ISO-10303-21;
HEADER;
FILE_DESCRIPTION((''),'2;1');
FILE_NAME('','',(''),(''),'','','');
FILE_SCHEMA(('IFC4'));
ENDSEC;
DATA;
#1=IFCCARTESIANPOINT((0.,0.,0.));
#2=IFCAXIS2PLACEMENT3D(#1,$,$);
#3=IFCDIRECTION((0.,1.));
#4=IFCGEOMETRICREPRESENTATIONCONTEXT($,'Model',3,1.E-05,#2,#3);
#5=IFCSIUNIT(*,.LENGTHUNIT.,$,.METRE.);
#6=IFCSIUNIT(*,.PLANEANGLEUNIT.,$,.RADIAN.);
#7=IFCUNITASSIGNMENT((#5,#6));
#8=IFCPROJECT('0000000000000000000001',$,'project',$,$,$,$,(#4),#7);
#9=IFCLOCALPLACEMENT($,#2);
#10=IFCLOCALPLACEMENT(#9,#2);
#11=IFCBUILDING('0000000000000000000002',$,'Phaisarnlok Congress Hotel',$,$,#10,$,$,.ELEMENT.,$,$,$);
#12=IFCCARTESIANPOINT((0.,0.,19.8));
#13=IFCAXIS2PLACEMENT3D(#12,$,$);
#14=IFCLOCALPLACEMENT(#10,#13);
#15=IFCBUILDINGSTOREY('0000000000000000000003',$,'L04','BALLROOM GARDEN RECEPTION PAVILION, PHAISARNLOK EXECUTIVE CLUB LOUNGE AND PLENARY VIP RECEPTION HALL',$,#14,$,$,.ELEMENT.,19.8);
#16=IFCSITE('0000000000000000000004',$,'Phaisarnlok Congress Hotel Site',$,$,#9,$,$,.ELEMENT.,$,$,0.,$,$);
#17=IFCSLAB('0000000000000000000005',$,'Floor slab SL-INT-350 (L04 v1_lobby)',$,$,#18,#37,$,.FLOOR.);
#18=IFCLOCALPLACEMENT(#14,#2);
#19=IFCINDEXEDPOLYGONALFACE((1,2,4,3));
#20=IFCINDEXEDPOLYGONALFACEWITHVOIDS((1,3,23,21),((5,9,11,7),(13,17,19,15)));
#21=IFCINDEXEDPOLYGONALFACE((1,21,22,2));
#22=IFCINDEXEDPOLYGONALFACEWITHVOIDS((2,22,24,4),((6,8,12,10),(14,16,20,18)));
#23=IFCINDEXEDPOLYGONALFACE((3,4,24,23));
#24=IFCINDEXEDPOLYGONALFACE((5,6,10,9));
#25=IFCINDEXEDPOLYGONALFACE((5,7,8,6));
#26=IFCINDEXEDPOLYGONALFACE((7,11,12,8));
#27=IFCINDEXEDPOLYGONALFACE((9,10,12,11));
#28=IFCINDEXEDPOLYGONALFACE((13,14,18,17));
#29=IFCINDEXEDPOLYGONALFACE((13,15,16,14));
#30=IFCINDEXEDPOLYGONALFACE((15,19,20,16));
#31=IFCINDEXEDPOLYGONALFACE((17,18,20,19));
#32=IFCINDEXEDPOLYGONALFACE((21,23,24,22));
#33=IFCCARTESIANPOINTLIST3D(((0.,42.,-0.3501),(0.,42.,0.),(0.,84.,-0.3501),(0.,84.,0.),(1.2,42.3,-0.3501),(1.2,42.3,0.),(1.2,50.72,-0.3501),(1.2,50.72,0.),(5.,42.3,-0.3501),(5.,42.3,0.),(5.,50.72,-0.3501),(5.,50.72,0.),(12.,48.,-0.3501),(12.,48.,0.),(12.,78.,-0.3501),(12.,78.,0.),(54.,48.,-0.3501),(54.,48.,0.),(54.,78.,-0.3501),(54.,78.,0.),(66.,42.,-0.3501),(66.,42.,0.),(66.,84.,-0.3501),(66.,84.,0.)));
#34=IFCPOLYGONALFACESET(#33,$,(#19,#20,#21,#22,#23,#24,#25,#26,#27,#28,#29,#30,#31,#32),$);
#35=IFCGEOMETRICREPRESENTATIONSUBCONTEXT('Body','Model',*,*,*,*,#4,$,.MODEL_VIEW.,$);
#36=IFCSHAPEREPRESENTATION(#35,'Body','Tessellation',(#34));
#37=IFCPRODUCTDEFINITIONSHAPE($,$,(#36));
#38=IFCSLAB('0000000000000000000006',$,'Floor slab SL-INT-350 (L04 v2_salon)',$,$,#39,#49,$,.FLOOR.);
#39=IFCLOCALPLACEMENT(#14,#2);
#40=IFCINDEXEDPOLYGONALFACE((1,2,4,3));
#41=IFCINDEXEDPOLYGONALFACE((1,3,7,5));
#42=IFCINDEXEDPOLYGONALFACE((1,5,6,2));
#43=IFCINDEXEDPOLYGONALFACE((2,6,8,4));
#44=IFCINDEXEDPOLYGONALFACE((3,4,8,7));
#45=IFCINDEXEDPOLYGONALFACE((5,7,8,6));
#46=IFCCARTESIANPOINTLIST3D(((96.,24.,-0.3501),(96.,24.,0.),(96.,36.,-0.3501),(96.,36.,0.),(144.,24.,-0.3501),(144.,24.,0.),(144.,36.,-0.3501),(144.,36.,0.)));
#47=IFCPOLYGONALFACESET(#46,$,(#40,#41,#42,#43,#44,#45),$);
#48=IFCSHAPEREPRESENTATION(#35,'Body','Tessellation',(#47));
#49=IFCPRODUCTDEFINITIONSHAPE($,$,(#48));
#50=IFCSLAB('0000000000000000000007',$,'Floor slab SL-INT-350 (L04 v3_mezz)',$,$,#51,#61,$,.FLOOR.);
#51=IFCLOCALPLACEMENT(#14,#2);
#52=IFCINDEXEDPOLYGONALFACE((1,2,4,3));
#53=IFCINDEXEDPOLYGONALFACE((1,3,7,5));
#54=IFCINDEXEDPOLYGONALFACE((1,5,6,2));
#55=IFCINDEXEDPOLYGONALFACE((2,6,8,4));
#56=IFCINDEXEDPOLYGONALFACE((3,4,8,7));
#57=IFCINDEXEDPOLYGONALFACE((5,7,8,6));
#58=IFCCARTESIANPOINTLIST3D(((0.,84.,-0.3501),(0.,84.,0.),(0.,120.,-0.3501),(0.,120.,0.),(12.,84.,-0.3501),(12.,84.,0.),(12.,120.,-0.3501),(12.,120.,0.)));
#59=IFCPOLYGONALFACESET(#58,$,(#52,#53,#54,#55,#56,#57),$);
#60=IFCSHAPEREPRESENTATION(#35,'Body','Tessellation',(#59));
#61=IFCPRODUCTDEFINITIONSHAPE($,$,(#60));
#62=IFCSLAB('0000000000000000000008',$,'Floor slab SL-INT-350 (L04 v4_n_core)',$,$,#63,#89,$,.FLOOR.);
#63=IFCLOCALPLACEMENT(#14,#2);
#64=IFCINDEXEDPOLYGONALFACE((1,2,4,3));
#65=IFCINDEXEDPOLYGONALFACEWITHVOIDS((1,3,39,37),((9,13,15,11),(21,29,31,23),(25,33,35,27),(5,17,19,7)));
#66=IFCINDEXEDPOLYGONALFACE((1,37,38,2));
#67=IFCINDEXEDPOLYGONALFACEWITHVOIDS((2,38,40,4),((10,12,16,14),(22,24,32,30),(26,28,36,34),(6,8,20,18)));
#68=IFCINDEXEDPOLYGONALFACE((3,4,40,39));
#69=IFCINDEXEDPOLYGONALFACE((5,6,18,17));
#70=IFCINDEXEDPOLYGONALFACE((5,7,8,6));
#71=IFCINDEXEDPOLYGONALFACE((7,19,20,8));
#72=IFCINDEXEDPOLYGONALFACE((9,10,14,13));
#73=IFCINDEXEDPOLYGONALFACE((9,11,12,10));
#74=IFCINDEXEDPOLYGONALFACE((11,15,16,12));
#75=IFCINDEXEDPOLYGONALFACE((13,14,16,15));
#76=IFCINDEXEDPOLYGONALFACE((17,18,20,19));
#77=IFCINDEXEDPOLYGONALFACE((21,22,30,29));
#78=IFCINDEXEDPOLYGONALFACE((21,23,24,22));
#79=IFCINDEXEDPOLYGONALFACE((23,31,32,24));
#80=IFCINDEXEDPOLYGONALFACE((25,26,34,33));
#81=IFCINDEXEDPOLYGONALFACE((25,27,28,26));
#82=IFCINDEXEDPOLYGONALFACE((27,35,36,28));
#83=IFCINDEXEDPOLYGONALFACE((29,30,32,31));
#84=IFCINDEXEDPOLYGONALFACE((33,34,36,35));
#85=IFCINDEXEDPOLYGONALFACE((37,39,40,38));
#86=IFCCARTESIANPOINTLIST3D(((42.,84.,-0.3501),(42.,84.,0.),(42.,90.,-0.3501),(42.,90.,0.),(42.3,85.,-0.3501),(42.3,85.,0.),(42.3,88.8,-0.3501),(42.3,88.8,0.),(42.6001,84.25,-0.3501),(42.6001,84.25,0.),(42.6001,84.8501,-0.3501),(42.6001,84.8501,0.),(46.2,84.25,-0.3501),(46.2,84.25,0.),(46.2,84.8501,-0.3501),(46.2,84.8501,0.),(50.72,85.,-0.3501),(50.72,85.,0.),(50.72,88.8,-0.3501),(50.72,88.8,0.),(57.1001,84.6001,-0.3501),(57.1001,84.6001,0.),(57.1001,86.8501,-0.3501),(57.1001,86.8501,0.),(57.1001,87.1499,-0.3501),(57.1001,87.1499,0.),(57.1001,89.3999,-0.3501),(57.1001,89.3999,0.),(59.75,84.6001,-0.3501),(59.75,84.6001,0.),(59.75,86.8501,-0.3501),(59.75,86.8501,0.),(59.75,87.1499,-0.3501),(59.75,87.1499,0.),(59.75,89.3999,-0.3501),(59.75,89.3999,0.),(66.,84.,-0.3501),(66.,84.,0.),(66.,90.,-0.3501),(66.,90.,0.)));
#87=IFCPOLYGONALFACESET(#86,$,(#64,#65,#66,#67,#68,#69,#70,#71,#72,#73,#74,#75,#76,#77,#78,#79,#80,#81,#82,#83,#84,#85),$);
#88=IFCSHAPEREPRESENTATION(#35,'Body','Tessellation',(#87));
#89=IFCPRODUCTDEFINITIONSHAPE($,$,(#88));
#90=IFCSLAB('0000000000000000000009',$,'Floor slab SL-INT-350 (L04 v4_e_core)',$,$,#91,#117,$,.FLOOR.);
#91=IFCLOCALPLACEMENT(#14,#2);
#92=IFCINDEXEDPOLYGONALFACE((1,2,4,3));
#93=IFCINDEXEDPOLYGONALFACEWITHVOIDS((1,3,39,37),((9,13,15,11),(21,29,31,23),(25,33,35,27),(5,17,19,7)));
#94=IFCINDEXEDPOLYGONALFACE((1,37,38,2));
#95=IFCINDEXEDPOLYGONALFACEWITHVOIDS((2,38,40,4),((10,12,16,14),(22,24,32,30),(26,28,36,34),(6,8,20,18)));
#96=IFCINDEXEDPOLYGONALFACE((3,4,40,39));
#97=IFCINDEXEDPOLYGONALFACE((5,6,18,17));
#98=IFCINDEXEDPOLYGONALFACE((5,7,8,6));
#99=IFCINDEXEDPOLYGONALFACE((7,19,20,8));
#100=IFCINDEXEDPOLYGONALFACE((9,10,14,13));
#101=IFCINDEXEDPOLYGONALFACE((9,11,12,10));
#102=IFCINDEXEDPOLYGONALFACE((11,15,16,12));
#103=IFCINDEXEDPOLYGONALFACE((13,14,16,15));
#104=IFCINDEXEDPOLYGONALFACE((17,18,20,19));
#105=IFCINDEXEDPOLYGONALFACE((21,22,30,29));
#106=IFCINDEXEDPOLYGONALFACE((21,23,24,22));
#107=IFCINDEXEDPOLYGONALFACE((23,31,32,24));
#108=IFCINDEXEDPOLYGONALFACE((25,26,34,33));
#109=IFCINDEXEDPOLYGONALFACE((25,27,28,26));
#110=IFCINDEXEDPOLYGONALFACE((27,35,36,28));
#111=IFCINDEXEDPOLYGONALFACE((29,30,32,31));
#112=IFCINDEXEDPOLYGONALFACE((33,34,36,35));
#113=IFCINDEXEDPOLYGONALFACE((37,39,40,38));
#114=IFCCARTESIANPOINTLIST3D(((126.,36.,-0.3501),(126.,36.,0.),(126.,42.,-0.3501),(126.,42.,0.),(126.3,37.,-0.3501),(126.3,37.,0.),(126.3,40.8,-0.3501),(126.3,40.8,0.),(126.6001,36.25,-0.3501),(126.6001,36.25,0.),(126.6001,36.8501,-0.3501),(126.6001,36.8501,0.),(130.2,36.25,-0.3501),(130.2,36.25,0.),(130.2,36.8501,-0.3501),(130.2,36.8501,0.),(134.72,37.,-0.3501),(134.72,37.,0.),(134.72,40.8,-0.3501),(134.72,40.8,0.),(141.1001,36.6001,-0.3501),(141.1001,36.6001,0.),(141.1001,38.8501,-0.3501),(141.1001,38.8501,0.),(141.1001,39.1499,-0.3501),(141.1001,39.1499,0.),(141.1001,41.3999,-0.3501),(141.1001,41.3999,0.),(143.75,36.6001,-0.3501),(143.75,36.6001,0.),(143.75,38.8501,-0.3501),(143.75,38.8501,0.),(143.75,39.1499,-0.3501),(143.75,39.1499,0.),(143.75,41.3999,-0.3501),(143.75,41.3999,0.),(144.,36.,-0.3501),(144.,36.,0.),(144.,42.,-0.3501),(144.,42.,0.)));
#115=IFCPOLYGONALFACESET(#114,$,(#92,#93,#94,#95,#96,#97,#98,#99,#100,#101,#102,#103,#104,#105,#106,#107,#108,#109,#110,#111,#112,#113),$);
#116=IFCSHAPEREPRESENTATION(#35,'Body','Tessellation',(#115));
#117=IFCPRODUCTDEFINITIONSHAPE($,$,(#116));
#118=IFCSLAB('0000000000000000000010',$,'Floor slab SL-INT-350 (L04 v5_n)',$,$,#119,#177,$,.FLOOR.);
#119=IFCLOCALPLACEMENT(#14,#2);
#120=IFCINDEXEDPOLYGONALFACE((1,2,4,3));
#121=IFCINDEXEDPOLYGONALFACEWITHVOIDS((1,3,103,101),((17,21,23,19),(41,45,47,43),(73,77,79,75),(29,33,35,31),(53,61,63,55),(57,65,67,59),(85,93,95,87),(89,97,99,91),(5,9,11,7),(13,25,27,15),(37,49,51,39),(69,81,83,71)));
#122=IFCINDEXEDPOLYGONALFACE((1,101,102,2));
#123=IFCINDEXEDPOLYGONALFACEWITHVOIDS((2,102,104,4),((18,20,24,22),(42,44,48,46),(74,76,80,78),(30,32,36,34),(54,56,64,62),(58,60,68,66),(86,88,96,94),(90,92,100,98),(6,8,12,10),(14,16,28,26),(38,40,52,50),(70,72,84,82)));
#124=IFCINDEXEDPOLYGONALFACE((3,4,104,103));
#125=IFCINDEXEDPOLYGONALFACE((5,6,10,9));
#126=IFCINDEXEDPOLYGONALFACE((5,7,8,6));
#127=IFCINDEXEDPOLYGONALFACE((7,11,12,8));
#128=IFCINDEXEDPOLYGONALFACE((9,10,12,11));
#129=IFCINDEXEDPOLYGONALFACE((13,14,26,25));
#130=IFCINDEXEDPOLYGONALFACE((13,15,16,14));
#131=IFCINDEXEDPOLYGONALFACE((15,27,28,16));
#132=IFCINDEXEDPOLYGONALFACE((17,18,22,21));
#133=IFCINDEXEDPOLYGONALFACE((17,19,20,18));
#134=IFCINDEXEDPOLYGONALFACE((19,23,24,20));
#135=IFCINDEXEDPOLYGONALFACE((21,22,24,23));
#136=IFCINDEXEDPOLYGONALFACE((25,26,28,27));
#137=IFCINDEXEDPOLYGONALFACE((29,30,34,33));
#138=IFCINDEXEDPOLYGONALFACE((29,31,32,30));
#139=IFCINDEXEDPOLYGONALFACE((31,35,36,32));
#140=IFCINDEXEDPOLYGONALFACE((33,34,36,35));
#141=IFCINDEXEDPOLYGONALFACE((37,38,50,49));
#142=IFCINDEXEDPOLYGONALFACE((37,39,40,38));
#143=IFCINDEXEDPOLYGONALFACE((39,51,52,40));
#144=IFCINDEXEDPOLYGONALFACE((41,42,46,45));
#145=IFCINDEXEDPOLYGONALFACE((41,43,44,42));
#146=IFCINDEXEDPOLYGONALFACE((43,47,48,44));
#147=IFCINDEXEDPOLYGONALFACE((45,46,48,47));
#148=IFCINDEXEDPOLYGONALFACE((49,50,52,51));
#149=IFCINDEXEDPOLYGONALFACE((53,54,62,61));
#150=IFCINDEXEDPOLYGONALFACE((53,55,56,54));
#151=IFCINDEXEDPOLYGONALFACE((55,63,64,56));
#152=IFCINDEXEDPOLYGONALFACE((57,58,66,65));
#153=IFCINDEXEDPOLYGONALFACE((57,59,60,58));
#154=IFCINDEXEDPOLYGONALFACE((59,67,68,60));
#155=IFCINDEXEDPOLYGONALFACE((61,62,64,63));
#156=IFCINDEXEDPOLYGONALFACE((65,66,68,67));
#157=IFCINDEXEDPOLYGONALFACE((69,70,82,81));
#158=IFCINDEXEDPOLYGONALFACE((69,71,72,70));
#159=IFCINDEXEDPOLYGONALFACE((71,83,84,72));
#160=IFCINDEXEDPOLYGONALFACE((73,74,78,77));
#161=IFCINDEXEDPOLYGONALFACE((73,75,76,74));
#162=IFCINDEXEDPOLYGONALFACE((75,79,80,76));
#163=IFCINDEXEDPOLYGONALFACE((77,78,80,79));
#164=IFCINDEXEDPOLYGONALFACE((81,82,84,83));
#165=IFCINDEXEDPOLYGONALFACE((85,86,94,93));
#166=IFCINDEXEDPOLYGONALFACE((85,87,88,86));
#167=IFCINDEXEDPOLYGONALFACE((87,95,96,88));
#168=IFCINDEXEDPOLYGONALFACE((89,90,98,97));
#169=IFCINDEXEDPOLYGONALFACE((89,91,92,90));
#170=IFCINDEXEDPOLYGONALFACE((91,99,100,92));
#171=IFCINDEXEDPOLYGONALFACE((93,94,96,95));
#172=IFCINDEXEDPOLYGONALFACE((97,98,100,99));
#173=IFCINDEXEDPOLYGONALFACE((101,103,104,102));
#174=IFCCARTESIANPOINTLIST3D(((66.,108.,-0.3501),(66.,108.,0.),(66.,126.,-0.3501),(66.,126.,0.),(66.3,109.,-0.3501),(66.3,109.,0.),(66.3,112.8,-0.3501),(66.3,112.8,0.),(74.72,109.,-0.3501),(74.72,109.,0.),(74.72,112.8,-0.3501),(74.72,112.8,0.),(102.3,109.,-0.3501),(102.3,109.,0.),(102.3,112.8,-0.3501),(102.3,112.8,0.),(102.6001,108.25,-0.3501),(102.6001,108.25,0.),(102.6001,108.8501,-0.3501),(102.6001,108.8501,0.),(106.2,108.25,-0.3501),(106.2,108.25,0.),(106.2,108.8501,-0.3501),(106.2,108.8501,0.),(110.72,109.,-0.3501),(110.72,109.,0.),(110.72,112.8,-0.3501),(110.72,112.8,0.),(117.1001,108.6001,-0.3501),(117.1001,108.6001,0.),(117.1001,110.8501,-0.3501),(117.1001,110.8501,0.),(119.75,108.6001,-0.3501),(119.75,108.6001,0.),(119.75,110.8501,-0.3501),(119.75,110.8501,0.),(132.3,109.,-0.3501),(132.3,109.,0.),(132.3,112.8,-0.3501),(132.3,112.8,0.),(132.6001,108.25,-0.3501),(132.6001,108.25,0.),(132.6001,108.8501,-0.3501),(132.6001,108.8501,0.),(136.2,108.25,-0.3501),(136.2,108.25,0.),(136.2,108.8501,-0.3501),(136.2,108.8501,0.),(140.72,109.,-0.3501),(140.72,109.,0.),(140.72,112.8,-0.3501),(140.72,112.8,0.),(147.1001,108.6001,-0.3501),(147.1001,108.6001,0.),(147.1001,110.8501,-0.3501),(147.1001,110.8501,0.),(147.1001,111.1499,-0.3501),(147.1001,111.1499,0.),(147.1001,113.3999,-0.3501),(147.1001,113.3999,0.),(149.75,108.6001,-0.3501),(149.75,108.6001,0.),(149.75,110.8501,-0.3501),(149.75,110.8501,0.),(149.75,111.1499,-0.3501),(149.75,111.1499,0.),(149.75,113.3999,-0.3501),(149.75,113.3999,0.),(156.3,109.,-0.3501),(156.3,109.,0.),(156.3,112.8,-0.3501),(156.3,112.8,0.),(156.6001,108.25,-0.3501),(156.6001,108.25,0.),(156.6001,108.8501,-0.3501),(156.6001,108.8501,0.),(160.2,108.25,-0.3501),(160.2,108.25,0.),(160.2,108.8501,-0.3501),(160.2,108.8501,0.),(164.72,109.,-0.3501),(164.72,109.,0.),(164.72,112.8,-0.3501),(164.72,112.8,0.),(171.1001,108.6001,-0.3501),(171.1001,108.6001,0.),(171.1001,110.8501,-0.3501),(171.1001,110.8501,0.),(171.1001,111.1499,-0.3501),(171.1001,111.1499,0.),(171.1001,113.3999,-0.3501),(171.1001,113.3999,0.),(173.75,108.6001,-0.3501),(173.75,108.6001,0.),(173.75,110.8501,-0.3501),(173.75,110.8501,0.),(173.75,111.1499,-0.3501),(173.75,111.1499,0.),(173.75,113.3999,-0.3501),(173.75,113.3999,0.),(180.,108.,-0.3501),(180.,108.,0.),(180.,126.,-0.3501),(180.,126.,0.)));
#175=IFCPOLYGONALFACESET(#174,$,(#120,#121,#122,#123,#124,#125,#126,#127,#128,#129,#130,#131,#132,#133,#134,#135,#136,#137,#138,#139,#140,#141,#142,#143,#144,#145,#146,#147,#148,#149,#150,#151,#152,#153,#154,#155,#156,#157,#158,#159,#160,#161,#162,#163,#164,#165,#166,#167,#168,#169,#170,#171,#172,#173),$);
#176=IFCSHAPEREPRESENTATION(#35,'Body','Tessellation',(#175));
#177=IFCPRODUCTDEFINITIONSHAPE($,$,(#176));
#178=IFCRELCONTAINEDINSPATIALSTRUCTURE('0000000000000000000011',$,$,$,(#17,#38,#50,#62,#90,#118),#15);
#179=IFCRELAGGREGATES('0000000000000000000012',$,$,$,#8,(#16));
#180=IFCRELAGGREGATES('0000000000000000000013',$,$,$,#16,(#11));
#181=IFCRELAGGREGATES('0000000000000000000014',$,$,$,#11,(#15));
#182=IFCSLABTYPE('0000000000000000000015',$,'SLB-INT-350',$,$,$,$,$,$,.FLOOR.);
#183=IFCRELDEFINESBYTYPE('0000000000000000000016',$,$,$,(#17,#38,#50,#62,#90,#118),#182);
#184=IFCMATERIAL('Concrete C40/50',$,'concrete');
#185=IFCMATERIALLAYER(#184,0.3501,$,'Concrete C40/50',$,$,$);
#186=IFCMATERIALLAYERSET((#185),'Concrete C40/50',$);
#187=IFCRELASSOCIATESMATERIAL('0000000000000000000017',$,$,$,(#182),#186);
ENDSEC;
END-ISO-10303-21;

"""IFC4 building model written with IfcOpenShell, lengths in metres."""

from ifc_helpers import new_model, si_unit, direction, frame, origin, place, context, subcontext, project, spatial, polyline, outline, extrude, material, layer, layer_set, type_object, element, save


model = new_model("IFC4")

# Units and contexts
model_context = context("Model", 3, precision=1e-05, world=origin(), true_north=direction((0.0, 1.0)))
body_context = subcontext(model_context, "Body", "Model", "MODEL_VIEW")
ifc_project = project(units=[si_unit("LENGTHUNIT", "METRE"), si_unit("PLANEANGLEUNIT", "RADIAN")], contexts=[model_context])

# Site, building, storey
site_placement = place(None, origin())
site = spatial("IfcSite", under=ifc_project, at=site_placement, Name="Phaisarnlok Congress Hotel Site", CompositionType="ELEMENT", RefElevation=0.0)
building_placement = place(site_placement, origin())
building = spatial("IfcBuilding", under=site, at=building_placement, Name="Phaisarnlok Congress Hotel", CompositionType="ELEMENT")
storey_placement = place(building_placement, frame((0.0, 0.0, 19.8)))
storey = spatial("IfcBuildingStorey", under=building, at=storey_placement, Name="L04", Description="BALLROOM GARDEN RECEPTION PAVILION, PHAISARNLOK EXECUTIVE CLUB LOUNGE AND PLENARY VIP RECEPTION HALL", CompositionType="ELEMENT", Elevation=19.8)

# Slabs
ifc_material_1 = material(Name="Concrete C40/50", Category="concrete")
ifc_layer_1 = layer(ifc_material_1, 0.3501, Name="Concrete C40/50")
ifc_layer_set_1 = layer_set([ifc_layer_1], Name="Concrete C40/50")
slab_type_1 = type_object("IfcSlabType", Name="SLB-INT-350", PredefinedType="FLOOR", material=ifc_layer_set_1)
slab_1_placement = place(storey_placement, frame((0.0, 0.0, -0.3501)))
element("IfcSlab", 1, at=slab_1_placement, inside=storey, type_object=slab_type_1, Name="Floor slab SL-INT-350 (L04 v1_lobby)", PredefinedType="FLOOR", context=body_context, shape_type="SweptSolid", body=[
    extrude(outline(polyline([(66.0, 42.0), (66.0, 84.0), (0.0, 84.0), (0.0, 42.0), (66.0, 42.0)]), holes=[polyline([(12.0, 48.0), (54.0, 48.0), (54.0, 78.0), (12.0, 78.0), (12.0, 48.0)]), polyline([(1.2, 50.72), (1.2, 42.3), (5.0, 42.3), (5.0, 50.72), (1.2, 50.72)])]), origin(), (0.0, 0.0, 1.0), 0.3501),
])
slab_2_placement = place(storey_placement, frame((0.0, 0.0, -0.3501)))
element("IfcSlab", 2, at=slab_2_placement, inside=storey, type_object=slab_type_1, Name="Floor slab SL-INT-350 (L04 v2_salon)", PredefinedType="FLOOR", context=body_context, shape_type="SweptSolid", body=[
    extrude(outline(polyline([(144.0, 24.0), (144.0, 36.0), (96.0, 36.0), (96.0, 24.0), (144.0, 24.0)])), origin(), (0.0, 0.0, 1.0), 0.3501),
])
slab_3_placement = place(storey_placement, frame((0.0, 0.0, -0.3501)))
element("IfcSlab", 3, at=slab_3_placement, inside=storey, type_object=slab_type_1, Name="Floor slab SL-INT-350 (L04 v3_mezz)", PredefinedType="FLOOR", context=body_context, shape_type="SweptSolid", body=[
    extrude(outline(polyline([(12.0, 84.0), (12.0, 120.0), (0.0, 120.0), (0.0, 84.0), (12.0, 84.0)])), origin(), (0.0, 0.0, 1.0), 0.3501),
])
slab_4_placement = place(storey_placement, frame((0.0, 0.0, -0.3501)))
element("IfcSlab", 4, at=slab_4_placement, inside=storey, type_object=slab_type_1, Name="Floor slab SL-INT-350 (L04 v4_n_core)", PredefinedType="FLOOR", context=body_context, shape_type="SweptSolid", body=[
    extrude(outline(polyline([(66.0, 84.0), (66.0, 90.0), (42.0, 90.0), (42.0, 84.0), (66.0, 84.0)]), holes=[polyline([(50.72, 88.8), (42.3, 88.8), (42.3, 85.0), (50.72, 85.0), (50.72, 88.8)]), polyline([(59.75, 84.6001), (59.75, 86.8501), (57.1001, 86.8501), (57.1001, 84.6001), (59.75, 84.6001)]), polyline([(59.75, 87.1499), (59.75, 89.3999), (57.1001, 89.3999), (57.1001, 87.1499), (59.75, 87.1499)]), polyline([(46.2, 84.25), (46.2, 84.8501), (42.6001, 84.8501), (42.6001, 84.25), (46.2, 84.25)])]), origin(), (0.0, 0.0, 1.0), 0.3501),
])
slab_5_placement = place(storey_placement, frame((0.0, 0.0, -0.3501)))
element("IfcSlab", 5, at=slab_5_placement, inside=storey, type_object=slab_type_1, Name="Floor slab SL-INT-350 (L04 v4_e_core)", PredefinedType="FLOOR", context=body_context, shape_type="SweptSolid", body=[
    extrude(outline(polyline([(144.0, 36.0), (144.0, 42.0), (126.0, 42.0), (126.0, 36.0), (144.0, 36.0)]), holes=[polyline([(134.72, 40.8), (126.3, 40.8), (126.3, 37.0), (134.72, 37.0), (134.72, 40.8)]), polyline([(143.75, 36.6001), (143.75, 38.8501), (141.1001, 38.8501), (141.1001, 36.6001), (143.75, 36.6001)]), polyline([(143.75, 39.1499), (143.75, 41.3999), (141.1001, 41.3999), (141.1001, 39.1499), (143.75, 39.1499)]), polyline([(130.2, 36.25), (130.2, 36.8501), (126.6001, 36.8501), (126.6001, 36.25), (130.2, 36.25)])]), origin(), (0.0, 0.0, 1.0), 0.3501),
])
slab_6_placement = place(storey_placement, frame((0.0, 0.0, -0.3501)))
element("IfcSlab", 6, at=slab_6_placement, inside=storey, type_object=slab_type_1, Name="Floor slab SL-INT-350 (L04 v5_n)", PredefinedType="FLOOR", context=body_context, shape_type="SweptSolid", body=[
    extrude(outline(polyline([(180.0, 108.0), (180.0, 126.0), (66.0, 126.0), (66.0, 108.0), (180.0, 108.0)]), holes=[polyline([(164.72, 112.8), (156.3, 112.8), (156.3, 109.0), (164.72, 109.0), (164.72, 112.8)]), polyline([(140.72, 112.8), (132.3, 112.8), (132.3, 109.0), (140.72, 109.0), (140.72, 112.8)]), polyline([(110.72, 112.8), (102.3, 112.8), (102.3, 109.0), (110.72, 109.0), (110.72, 112.8)]), polyline([(74.72, 112.8), (66.3, 112.8), (66.3, 109.0), (74.72, 109.0), (74.72, 112.8)]), polyline([(173.75, 108.6001), (173.75, 110.8501), (171.1001, 110.8501), (171.1001, 108.6001), (173.75, 108.6001)]), polyline([(173.75, 111.1499), (173.75, 113.3999), (171.1001, 113.3999), (171.1001, 111.1499), (173.75, 111.1499)]), polyline([(160.2, 108.25), (160.2, 108.8501), (156.6001, 108.8501), (156.6001, 108.25), (160.2, 108.25)]), polyline([(149.75, 108.6001), (149.75, 110.8501), (147.1001, 110.8501), (147.1001, 108.6001), (149.75, 108.6001)]), polyline([(149.75, 111.1499), (149.75, 113.3999), (147.1001, 113.3999), (147.1001, 111.1499), (149.75, 111.1499)]), polyline([(136.2, 108.25), (136.2, 108.8501), (132.6001, 108.8501), (132.6001, 108.25), (136.2, 108.25)]), polyline([(119.75, 108.6001), (119.75, 110.8501), (117.1001, 110.8501), (117.1001, 108.6001), (119.75, 108.6001)]), polyline([(106.2, 108.25), (106.2, 108.8501), (102.6001, 108.8501), (102.6001, 108.25), (106.2, 108.25)])]), origin(), (0.0, 0.0, 1.0), 0.3501),
])

save(model, "model.ifc")
